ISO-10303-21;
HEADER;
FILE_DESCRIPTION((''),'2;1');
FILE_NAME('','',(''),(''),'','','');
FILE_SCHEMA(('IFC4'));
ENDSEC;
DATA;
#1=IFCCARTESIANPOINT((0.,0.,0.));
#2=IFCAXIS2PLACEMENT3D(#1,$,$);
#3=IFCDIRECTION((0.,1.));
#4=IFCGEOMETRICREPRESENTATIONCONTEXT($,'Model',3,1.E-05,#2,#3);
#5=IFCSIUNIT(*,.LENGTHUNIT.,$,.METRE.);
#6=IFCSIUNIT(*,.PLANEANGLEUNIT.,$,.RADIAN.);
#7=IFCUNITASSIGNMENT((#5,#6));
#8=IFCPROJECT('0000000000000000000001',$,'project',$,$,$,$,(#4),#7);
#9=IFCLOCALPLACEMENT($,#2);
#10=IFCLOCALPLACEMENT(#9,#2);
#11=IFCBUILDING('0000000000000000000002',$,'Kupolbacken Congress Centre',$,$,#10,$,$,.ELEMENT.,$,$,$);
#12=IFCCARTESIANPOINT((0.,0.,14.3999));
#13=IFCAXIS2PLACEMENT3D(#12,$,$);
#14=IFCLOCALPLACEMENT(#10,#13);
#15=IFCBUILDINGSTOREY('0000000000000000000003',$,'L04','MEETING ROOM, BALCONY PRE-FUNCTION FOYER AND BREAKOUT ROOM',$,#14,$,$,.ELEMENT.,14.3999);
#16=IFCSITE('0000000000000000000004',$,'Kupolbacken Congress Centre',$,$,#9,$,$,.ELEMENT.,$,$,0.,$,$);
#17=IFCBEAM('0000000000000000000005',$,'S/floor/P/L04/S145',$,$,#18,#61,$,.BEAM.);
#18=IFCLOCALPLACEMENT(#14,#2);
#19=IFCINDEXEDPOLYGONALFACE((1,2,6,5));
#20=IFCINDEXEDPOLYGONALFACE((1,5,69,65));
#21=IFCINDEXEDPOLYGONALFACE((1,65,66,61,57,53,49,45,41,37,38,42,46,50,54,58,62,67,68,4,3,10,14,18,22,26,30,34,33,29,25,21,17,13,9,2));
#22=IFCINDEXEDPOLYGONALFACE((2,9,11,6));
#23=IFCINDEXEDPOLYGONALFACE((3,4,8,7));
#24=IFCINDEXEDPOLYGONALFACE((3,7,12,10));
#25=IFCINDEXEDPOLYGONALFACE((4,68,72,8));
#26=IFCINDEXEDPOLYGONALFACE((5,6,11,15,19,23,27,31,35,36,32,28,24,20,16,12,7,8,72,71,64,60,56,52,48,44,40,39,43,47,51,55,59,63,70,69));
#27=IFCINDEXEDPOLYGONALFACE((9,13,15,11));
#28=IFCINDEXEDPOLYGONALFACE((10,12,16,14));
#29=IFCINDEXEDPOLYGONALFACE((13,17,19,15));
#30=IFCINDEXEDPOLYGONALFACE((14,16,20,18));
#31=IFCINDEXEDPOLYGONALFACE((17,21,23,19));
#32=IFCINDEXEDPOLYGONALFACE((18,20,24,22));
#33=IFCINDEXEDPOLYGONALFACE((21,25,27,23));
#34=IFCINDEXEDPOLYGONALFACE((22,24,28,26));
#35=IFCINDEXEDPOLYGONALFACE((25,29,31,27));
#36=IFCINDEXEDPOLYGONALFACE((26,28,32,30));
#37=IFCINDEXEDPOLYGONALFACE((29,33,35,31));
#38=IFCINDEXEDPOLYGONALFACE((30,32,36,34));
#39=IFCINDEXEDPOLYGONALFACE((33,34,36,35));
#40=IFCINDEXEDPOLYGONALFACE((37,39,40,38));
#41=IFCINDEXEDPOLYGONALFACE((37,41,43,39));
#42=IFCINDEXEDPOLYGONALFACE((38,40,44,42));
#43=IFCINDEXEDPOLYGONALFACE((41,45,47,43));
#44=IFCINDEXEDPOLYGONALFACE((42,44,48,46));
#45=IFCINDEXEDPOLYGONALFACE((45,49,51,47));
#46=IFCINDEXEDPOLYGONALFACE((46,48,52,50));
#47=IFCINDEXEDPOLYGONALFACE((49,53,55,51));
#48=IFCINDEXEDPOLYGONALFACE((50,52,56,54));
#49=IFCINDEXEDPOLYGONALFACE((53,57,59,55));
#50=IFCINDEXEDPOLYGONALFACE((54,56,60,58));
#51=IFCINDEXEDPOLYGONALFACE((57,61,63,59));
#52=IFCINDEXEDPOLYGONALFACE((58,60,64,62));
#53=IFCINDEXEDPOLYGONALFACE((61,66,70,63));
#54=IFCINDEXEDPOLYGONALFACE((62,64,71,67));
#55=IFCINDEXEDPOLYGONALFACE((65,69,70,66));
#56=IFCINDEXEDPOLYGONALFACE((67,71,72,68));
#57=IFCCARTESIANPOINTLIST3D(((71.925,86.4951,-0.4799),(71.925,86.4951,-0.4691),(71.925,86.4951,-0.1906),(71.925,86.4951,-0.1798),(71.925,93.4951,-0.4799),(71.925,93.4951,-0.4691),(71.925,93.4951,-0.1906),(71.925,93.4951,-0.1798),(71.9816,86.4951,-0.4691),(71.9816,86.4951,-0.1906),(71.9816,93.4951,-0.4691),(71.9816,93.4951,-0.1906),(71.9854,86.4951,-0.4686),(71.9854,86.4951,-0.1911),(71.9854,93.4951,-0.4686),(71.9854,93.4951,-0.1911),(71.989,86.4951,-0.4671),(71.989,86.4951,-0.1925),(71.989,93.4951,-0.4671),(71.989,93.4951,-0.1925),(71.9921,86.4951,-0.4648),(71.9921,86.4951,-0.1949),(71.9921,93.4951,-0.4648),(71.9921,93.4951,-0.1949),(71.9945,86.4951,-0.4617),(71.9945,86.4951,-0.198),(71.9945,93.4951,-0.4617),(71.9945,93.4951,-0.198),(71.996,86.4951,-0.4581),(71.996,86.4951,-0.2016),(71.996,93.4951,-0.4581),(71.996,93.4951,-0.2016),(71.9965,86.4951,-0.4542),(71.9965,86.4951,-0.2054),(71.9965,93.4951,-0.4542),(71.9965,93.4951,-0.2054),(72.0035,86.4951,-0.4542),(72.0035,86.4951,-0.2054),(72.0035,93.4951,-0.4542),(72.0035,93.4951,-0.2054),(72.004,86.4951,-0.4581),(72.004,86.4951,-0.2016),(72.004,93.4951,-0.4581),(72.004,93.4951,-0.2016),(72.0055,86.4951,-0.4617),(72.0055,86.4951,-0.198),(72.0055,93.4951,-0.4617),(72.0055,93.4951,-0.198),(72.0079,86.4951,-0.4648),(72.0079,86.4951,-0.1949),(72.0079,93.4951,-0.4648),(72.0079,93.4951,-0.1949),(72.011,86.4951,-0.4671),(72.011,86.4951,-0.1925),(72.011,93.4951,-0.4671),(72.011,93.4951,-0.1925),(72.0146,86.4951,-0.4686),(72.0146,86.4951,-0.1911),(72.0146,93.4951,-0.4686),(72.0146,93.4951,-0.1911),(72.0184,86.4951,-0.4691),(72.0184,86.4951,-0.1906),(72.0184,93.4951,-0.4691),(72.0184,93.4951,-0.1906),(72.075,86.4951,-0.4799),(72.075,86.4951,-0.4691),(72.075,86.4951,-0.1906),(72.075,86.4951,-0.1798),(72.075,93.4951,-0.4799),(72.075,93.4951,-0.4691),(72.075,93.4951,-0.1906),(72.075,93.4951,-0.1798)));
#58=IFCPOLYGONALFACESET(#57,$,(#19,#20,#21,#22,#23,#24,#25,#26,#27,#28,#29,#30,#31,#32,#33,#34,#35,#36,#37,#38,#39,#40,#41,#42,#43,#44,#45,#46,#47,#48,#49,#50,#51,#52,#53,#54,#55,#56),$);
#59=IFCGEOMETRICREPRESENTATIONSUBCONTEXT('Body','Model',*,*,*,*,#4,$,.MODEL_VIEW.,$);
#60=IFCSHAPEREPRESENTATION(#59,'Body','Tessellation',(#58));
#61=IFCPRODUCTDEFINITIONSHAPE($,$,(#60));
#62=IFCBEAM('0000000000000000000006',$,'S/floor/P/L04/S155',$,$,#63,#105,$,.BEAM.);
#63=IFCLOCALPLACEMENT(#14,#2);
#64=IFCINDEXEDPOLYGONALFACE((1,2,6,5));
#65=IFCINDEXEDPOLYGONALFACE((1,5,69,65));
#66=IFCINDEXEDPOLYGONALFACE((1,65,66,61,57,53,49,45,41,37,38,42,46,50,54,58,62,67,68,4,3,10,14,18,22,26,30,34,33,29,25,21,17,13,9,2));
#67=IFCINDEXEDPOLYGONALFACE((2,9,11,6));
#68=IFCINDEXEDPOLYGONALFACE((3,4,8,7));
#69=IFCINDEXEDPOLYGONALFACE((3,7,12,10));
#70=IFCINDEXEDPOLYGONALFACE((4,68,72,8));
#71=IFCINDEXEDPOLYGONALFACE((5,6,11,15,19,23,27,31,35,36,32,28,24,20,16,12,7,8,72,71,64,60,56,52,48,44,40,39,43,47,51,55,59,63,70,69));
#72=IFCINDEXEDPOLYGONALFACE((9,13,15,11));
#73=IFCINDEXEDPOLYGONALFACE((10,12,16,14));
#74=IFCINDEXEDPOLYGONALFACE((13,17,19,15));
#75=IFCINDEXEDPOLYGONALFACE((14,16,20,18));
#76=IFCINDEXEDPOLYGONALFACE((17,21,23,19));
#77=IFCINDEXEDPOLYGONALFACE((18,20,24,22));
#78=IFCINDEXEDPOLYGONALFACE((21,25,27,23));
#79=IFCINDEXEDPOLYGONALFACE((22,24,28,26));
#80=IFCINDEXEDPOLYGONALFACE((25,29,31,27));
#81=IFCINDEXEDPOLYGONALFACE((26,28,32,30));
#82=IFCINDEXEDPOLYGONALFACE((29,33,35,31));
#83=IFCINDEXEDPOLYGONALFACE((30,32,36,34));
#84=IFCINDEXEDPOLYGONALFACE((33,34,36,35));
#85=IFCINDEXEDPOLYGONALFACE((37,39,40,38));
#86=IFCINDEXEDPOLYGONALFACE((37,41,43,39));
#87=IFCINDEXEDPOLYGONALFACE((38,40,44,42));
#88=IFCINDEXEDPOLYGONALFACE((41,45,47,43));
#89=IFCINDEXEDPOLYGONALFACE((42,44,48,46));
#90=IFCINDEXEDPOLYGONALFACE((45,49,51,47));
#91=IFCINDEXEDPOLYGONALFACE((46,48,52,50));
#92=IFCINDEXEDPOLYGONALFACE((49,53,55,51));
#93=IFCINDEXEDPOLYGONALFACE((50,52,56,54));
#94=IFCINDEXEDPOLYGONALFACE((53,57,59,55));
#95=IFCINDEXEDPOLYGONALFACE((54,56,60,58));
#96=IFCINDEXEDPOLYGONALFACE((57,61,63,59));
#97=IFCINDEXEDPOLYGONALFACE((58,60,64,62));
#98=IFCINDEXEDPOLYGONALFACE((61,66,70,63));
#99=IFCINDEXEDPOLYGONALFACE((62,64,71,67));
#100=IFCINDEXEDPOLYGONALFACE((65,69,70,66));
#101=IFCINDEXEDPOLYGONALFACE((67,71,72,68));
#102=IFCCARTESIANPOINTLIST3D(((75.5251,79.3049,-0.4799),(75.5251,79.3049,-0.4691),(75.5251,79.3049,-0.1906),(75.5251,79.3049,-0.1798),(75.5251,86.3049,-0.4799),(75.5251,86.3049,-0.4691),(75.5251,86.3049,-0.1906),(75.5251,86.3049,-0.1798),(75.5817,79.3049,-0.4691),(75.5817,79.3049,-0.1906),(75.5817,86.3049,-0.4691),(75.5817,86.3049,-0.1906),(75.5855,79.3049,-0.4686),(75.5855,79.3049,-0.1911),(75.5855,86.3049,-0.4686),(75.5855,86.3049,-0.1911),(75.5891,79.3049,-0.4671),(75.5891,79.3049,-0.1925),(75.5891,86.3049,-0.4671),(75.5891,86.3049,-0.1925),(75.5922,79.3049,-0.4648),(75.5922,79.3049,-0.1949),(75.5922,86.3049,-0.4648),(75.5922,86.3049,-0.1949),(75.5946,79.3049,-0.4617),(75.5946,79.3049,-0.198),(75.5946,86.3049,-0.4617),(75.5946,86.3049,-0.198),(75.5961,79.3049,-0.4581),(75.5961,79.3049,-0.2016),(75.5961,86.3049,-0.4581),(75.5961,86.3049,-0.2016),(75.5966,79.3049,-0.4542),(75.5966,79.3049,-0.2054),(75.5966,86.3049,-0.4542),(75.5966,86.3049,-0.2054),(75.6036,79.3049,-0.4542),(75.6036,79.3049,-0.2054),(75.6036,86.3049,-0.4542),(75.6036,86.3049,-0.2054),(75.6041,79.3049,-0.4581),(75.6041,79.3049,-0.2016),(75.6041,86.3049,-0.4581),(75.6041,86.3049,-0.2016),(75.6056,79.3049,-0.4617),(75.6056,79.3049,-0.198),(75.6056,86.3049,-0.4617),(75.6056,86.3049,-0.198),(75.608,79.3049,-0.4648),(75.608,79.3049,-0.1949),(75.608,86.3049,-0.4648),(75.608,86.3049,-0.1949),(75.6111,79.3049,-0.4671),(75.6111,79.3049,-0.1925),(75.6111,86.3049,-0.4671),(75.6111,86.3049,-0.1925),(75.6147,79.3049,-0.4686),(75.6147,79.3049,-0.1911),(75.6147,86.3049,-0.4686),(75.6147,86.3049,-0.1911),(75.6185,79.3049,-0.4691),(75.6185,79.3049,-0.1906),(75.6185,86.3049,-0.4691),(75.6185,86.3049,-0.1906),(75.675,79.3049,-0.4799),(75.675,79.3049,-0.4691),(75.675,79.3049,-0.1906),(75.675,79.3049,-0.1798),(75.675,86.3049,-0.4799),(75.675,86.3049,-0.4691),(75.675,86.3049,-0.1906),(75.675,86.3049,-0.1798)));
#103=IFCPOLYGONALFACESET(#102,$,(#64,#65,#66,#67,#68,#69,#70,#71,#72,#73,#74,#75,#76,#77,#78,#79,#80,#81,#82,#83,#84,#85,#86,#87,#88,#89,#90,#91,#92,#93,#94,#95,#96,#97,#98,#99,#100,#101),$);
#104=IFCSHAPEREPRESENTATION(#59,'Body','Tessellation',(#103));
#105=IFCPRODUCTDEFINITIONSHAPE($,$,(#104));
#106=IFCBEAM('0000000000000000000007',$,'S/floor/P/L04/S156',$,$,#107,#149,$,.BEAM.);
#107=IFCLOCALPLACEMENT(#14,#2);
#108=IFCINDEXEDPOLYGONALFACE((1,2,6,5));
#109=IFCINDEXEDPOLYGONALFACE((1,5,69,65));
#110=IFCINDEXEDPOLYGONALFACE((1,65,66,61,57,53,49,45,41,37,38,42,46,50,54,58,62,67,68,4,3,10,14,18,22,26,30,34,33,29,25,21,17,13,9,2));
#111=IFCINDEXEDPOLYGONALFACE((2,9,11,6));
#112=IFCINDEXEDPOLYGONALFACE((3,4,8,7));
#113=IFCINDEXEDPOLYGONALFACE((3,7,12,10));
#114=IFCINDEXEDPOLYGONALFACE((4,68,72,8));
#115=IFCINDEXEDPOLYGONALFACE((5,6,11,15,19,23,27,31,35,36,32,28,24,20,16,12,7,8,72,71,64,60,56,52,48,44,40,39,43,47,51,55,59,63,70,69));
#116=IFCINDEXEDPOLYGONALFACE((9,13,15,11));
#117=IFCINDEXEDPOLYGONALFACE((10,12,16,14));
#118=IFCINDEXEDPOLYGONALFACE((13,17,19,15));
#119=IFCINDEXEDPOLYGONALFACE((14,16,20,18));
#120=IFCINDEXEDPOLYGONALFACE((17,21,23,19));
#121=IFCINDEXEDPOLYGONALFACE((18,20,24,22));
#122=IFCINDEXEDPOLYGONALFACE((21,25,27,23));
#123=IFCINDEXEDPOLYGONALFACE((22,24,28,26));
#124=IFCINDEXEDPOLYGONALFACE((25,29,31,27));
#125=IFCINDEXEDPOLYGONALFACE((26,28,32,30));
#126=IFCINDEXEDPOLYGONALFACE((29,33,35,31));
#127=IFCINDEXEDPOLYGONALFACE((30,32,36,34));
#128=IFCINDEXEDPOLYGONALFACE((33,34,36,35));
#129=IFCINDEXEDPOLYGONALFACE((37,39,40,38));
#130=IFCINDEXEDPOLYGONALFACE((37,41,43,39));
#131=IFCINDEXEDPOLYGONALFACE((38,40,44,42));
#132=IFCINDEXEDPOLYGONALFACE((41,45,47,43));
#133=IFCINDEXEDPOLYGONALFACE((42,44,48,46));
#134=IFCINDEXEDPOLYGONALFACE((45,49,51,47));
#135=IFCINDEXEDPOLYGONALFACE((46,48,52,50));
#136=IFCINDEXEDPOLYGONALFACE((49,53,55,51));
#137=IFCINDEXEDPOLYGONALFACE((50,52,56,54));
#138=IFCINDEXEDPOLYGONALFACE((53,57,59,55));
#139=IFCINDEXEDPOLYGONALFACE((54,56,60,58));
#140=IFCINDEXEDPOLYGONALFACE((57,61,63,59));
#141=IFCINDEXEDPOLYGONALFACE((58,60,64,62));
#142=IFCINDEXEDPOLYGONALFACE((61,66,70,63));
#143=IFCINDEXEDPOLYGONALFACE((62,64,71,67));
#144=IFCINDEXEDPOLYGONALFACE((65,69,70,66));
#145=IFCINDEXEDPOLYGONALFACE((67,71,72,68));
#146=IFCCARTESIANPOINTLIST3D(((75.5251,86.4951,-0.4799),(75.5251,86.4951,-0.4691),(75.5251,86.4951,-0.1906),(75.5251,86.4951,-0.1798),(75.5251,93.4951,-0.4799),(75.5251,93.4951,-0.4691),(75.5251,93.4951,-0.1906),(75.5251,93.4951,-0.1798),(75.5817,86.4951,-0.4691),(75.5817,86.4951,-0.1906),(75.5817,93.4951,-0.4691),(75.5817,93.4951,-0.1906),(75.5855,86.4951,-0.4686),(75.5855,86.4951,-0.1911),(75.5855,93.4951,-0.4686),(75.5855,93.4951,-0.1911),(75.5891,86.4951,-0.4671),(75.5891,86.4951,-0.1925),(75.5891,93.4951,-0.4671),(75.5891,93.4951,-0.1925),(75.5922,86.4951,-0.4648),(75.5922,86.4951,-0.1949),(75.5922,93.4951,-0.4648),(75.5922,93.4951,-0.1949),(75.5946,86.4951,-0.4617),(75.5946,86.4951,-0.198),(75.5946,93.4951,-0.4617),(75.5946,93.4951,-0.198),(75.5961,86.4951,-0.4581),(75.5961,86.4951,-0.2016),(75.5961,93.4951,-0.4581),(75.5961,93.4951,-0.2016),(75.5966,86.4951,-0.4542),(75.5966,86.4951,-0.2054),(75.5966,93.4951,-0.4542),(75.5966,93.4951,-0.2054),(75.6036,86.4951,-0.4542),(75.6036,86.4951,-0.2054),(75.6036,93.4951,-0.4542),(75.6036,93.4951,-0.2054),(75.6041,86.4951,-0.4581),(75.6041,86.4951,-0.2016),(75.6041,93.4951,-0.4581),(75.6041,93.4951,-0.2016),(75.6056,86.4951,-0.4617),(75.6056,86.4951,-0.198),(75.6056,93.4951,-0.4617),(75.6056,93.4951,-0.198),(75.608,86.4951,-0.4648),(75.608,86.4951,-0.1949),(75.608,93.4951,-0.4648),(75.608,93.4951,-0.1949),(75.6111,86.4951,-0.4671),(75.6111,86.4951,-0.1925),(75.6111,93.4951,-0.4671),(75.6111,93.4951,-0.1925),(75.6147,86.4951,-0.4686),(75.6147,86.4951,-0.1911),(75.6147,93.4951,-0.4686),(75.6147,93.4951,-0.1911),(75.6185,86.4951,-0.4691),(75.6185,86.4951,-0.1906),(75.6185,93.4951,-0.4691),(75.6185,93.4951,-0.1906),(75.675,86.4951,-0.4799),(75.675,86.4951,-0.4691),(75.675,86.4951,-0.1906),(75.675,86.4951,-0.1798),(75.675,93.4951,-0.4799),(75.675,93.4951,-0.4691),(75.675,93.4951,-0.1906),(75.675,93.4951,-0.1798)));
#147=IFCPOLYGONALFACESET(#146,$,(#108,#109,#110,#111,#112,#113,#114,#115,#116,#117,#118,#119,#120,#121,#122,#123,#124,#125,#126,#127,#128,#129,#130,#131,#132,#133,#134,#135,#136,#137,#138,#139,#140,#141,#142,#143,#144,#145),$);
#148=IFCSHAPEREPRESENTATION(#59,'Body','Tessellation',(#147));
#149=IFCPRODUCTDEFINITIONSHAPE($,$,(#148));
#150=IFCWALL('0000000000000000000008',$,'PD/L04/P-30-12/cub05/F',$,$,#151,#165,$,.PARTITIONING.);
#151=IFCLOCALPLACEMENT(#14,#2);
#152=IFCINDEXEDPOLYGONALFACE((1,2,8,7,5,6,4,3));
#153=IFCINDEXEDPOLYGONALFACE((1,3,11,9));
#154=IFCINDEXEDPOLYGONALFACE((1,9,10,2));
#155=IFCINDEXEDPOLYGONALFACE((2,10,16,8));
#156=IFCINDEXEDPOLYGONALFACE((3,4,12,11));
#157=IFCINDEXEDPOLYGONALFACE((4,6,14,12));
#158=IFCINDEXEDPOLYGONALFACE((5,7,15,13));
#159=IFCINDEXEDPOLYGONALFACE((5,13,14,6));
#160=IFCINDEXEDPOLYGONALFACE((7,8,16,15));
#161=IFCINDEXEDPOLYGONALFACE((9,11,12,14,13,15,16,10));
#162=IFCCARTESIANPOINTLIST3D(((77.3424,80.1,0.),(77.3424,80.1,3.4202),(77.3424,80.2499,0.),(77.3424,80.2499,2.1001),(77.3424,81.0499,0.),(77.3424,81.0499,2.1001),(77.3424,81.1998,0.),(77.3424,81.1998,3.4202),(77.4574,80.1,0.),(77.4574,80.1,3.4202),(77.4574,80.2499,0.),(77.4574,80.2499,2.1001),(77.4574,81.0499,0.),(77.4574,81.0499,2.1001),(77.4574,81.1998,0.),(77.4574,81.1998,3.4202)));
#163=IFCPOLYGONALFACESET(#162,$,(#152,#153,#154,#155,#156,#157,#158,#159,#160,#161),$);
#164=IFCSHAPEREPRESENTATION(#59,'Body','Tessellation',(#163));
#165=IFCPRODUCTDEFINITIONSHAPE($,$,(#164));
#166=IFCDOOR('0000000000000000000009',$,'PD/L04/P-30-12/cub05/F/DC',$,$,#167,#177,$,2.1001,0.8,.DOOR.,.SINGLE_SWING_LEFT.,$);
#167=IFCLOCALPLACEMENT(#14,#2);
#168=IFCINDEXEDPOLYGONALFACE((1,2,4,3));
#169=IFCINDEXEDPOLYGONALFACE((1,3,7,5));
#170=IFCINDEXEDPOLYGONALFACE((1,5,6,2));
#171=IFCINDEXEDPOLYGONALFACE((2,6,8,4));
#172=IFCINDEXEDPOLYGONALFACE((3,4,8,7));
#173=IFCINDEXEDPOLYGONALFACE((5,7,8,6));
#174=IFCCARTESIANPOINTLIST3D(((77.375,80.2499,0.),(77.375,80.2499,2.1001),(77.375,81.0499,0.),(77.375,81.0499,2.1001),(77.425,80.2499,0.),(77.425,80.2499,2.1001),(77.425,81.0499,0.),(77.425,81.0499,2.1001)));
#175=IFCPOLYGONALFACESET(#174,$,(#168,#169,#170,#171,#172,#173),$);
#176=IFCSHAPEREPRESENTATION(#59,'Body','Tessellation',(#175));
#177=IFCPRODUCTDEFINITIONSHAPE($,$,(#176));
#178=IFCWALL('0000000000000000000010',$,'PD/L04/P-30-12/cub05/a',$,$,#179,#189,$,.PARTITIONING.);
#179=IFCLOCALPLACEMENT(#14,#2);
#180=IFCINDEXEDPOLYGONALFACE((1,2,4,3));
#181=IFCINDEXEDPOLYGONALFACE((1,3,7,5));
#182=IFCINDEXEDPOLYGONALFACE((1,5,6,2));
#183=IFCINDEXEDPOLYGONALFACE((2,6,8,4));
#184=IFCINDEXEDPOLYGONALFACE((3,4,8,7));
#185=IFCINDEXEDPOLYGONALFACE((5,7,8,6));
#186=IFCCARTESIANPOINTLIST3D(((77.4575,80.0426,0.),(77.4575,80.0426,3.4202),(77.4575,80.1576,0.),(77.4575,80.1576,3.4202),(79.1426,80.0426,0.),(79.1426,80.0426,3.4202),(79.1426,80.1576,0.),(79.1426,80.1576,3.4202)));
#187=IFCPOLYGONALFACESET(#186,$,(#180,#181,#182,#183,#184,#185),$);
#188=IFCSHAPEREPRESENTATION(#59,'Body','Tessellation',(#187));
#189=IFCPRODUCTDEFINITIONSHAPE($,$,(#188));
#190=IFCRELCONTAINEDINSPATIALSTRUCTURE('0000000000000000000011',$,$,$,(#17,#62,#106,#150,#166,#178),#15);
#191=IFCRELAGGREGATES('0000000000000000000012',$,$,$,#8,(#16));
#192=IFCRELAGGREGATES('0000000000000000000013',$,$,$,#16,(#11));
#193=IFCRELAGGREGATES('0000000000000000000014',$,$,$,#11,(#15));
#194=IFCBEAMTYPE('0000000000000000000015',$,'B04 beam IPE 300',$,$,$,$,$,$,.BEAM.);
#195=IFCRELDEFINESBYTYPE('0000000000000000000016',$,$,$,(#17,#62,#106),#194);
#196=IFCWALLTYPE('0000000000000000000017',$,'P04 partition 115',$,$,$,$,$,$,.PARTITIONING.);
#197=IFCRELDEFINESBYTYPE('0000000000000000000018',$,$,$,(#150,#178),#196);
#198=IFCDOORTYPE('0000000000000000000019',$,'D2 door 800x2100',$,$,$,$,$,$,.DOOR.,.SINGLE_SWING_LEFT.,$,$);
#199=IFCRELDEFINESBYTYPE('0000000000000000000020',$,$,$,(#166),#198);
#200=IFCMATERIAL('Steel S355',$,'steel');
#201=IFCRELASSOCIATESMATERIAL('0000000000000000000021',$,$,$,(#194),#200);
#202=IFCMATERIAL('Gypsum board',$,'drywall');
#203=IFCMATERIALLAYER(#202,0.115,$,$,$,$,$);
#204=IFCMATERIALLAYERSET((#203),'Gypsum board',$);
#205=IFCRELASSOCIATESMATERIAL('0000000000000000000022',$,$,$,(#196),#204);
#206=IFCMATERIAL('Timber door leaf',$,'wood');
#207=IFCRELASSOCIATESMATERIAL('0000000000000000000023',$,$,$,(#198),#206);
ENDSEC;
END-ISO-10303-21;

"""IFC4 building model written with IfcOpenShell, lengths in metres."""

from ifc_helpers import new_model, si_unit, direction, frame, frame_2d, origin, origin_2d, place, context, subcontext, project, spatial, rectangle, i_section, extrude, material, layer, layer_set, material_profile, profile_set, type_object, element, fill, save


model = new_model("IFC4")

# Units and contexts
model_context = context("Model", 3, precision=1e-05, world=origin(), true_north=direction((0.0, 1.0)))
body_context = subcontext(model_context, "Body", "Model", "MODEL_VIEW")
ifc_project = project(units=[si_unit("LENGTHUNIT", "METRE"), si_unit("PLANEANGLEUNIT", "RADIAN")], contexts=[model_context])

# Site, building, storey
site_placement = place(None, origin())
site = spatial("IfcSite", under=ifc_project, at=site_placement, Name="Kupolbacken Congress Centre", CompositionType="ELEMENT", RefElevation=0.0)
building_placement = place(site_placement, origin())
building = spatial("IfcBuilding", under=site, at=building_placement, Name="Kupolbacken Congress Centre", CompositionType="ELEMENT")
storey_placement = place(building_placement, frame((0.0, 0.0, 14.3999)))
storey = spatial("IfcBuildingStorey", under=building, at=storey_placement, Name="L04", Description="MEETING ROOM, BALCONY PRE-FUNCTION FOYER AND BREAKOUT ROOM", CompositionType="ELEMENT", Elevation=14.3999)

# Beams
ifc_material_1 = material(Name="Steel S355", Category="steel")
ifc_material_profile = material_profile(ifc_material_1, i_section(OverallWidth=0.1499, OverallDepth=0.3, WebThickness=0.0071, FlangeThickness=0.0107, FilletRadius=0.0149, at=origin_2d()), Name="IPE 300")
ifc_profile_set = profile_set([ifc_material_profile], Name="Steel S355")
beam_type = type_object("IfcBeamType", Name="B04 beam IPE 300", PredefinedType="BEAM", material=ifc_profile_set)
for number, where, z_axis, x_axis, name in (
    (1, (72.0, 86.4951, -0.3298), (0.0, 1.0, 0.0), (-1.0, 0.0, 0.0), "S/floor/P/L04/S145"),
    (2, (75.6001, 79.3049, -0.3298), (0.0, 1.0, 0.0), (-1.0, 0.0, 0.0), "S/floor/P/L04/S155"),
    (3, (75.6001, 86.4951, -0.3298), (0.0, 1.0, 0.0), (-1.0, 0.0, 0.0), "S/floor/P/L04/S156"),
):
    element("IfcBeam", number, at=place(storey_placement, frame(where, z_axis=z_axis, x_axis=x_axis)), inside=storey, type_object=beam_type, Name=name, PredefinedType="BEAM", context=body_context, shape_type="SweptSolid", body=[
        extrude(i_section(OverallWidth=0.1499, OverallDepth=0.3, WebThickness=0.0071, FlangeThickness=0.0107, FilletRadius=0.0149, at=origin_2d()), origin(), (0.0, 0.0, 1.0), 7.0),
    ])

# Wall, opening, door
ifc_material_2 = material(Name="Gypsum board", Category="drywall")
ifc_layer_1 = layer(ifc_material_2, 0.115)
ifc_layer_set_1 = layer_set([ifc_layer_1], Name="Gypsum board")
wall_type_1 = type_object("IfcWallType", Name="P04 partition 115", PredefinedType="PARTITIONING", material=ifc_layer_set_1)
wall_1_placement = place(storey_placement, frame((77.3999, 80.1001, 0.0), z_axis=(0.0, 0.0, 1.0), x_axis=(0.0, 1.0, 0.0)))
wall_1 = element("IfcWall", 4, at=wall_1_placement, inside=storey, type_object=wall_type_1, Name="PD/L04/P-30-12/cub05/F", PredefinedType="PARTITIONING", context=body_context, shape_type="SweptSolid", body=[
    extrude(rectangle(XDim=1.0999, YDim=0.115, at=frame_2d((0.5498, 0.0))), origin(), (0.0, 0.0, 1.0), 3.4202),
])
opening_1_placement = place(wall_1_placement, frame((0.1499, 0.0, 0.0)))
opening_1 = element("IfcOpeningElement", 5, at=opening_1_placement, cuts=wall_1, PredefinedType="OPENING", context=body_context, shape_type="SweptSolid", body=[
    extrude(rectangle(XDim=0.8, YDim=2.1001, at=frame_2d((0.3999, 1.05))), frame((0.0, 0.0674, 0.0), z_axis=(0.0, -1.0, 0.0), x_axis=(1.0, 0.0, 0.0)), (0.0, 0.0, 1.0), 0.135),
])
ifc_material_3 = material(Name="Timber door leaf", Category="wood")
door_type_1 = type_object("IfcDoorType", Name="D2 door 800x2100", OperationType="SINGLE_SWING_LEFT", PredefinedType="DOOR", material=ifc_material_3)
door_1_placement = place(opening_1_placement, origin())
door_1 = element("IfcDoor", 6, at=door_1_placement, inside=storey, type_object=door_type_1, Name="PD/L04/P-30-12/cub05/F/DC", OperationType="SINGLE_SWING_LEFT", OverallHeight=2.1001, OverallWidth=0.8, PredefinedType="DOOR", context=body_context, shape_type="SweptSolid", body=[
    extrude(rectangle(XDim=0.8, YDim=2.1001, at=frame_2d((0.3999, 1.05))), frame((0.0, 0.0249, 0.0), z_axis=(0.0, -1.0, 0.0), x_axis=(1.0, 0.0, 0.0)), (0.0, 0.0, 1.0), 0.05),
])
fill(opening_1, door_1)

# Wall
wall_2_placement = place(storey_placement, frame((79.1426, 80.1001, 0.0), z_axis=(0.0, 0.0, 1.0), x_axis=(-1.0, 0.0, 0.0)))
element("IfcWall", 7, at=wall_2_placement, inside=storey, type_object=wall_type_1, Name="PD/L04/P-30-12/cub05/a", PredefinedType="PARTITIONING", context=body_context, shape_type="SweptSolid", body=[
    extrude(rectangle(XDim=1.6851, YDim=0.115, at=frame_2d((0.8425, 0.0))), origin(), (0.0, 0.0, 1.0), 3.4202),
])

save(model, "model.ifc")
